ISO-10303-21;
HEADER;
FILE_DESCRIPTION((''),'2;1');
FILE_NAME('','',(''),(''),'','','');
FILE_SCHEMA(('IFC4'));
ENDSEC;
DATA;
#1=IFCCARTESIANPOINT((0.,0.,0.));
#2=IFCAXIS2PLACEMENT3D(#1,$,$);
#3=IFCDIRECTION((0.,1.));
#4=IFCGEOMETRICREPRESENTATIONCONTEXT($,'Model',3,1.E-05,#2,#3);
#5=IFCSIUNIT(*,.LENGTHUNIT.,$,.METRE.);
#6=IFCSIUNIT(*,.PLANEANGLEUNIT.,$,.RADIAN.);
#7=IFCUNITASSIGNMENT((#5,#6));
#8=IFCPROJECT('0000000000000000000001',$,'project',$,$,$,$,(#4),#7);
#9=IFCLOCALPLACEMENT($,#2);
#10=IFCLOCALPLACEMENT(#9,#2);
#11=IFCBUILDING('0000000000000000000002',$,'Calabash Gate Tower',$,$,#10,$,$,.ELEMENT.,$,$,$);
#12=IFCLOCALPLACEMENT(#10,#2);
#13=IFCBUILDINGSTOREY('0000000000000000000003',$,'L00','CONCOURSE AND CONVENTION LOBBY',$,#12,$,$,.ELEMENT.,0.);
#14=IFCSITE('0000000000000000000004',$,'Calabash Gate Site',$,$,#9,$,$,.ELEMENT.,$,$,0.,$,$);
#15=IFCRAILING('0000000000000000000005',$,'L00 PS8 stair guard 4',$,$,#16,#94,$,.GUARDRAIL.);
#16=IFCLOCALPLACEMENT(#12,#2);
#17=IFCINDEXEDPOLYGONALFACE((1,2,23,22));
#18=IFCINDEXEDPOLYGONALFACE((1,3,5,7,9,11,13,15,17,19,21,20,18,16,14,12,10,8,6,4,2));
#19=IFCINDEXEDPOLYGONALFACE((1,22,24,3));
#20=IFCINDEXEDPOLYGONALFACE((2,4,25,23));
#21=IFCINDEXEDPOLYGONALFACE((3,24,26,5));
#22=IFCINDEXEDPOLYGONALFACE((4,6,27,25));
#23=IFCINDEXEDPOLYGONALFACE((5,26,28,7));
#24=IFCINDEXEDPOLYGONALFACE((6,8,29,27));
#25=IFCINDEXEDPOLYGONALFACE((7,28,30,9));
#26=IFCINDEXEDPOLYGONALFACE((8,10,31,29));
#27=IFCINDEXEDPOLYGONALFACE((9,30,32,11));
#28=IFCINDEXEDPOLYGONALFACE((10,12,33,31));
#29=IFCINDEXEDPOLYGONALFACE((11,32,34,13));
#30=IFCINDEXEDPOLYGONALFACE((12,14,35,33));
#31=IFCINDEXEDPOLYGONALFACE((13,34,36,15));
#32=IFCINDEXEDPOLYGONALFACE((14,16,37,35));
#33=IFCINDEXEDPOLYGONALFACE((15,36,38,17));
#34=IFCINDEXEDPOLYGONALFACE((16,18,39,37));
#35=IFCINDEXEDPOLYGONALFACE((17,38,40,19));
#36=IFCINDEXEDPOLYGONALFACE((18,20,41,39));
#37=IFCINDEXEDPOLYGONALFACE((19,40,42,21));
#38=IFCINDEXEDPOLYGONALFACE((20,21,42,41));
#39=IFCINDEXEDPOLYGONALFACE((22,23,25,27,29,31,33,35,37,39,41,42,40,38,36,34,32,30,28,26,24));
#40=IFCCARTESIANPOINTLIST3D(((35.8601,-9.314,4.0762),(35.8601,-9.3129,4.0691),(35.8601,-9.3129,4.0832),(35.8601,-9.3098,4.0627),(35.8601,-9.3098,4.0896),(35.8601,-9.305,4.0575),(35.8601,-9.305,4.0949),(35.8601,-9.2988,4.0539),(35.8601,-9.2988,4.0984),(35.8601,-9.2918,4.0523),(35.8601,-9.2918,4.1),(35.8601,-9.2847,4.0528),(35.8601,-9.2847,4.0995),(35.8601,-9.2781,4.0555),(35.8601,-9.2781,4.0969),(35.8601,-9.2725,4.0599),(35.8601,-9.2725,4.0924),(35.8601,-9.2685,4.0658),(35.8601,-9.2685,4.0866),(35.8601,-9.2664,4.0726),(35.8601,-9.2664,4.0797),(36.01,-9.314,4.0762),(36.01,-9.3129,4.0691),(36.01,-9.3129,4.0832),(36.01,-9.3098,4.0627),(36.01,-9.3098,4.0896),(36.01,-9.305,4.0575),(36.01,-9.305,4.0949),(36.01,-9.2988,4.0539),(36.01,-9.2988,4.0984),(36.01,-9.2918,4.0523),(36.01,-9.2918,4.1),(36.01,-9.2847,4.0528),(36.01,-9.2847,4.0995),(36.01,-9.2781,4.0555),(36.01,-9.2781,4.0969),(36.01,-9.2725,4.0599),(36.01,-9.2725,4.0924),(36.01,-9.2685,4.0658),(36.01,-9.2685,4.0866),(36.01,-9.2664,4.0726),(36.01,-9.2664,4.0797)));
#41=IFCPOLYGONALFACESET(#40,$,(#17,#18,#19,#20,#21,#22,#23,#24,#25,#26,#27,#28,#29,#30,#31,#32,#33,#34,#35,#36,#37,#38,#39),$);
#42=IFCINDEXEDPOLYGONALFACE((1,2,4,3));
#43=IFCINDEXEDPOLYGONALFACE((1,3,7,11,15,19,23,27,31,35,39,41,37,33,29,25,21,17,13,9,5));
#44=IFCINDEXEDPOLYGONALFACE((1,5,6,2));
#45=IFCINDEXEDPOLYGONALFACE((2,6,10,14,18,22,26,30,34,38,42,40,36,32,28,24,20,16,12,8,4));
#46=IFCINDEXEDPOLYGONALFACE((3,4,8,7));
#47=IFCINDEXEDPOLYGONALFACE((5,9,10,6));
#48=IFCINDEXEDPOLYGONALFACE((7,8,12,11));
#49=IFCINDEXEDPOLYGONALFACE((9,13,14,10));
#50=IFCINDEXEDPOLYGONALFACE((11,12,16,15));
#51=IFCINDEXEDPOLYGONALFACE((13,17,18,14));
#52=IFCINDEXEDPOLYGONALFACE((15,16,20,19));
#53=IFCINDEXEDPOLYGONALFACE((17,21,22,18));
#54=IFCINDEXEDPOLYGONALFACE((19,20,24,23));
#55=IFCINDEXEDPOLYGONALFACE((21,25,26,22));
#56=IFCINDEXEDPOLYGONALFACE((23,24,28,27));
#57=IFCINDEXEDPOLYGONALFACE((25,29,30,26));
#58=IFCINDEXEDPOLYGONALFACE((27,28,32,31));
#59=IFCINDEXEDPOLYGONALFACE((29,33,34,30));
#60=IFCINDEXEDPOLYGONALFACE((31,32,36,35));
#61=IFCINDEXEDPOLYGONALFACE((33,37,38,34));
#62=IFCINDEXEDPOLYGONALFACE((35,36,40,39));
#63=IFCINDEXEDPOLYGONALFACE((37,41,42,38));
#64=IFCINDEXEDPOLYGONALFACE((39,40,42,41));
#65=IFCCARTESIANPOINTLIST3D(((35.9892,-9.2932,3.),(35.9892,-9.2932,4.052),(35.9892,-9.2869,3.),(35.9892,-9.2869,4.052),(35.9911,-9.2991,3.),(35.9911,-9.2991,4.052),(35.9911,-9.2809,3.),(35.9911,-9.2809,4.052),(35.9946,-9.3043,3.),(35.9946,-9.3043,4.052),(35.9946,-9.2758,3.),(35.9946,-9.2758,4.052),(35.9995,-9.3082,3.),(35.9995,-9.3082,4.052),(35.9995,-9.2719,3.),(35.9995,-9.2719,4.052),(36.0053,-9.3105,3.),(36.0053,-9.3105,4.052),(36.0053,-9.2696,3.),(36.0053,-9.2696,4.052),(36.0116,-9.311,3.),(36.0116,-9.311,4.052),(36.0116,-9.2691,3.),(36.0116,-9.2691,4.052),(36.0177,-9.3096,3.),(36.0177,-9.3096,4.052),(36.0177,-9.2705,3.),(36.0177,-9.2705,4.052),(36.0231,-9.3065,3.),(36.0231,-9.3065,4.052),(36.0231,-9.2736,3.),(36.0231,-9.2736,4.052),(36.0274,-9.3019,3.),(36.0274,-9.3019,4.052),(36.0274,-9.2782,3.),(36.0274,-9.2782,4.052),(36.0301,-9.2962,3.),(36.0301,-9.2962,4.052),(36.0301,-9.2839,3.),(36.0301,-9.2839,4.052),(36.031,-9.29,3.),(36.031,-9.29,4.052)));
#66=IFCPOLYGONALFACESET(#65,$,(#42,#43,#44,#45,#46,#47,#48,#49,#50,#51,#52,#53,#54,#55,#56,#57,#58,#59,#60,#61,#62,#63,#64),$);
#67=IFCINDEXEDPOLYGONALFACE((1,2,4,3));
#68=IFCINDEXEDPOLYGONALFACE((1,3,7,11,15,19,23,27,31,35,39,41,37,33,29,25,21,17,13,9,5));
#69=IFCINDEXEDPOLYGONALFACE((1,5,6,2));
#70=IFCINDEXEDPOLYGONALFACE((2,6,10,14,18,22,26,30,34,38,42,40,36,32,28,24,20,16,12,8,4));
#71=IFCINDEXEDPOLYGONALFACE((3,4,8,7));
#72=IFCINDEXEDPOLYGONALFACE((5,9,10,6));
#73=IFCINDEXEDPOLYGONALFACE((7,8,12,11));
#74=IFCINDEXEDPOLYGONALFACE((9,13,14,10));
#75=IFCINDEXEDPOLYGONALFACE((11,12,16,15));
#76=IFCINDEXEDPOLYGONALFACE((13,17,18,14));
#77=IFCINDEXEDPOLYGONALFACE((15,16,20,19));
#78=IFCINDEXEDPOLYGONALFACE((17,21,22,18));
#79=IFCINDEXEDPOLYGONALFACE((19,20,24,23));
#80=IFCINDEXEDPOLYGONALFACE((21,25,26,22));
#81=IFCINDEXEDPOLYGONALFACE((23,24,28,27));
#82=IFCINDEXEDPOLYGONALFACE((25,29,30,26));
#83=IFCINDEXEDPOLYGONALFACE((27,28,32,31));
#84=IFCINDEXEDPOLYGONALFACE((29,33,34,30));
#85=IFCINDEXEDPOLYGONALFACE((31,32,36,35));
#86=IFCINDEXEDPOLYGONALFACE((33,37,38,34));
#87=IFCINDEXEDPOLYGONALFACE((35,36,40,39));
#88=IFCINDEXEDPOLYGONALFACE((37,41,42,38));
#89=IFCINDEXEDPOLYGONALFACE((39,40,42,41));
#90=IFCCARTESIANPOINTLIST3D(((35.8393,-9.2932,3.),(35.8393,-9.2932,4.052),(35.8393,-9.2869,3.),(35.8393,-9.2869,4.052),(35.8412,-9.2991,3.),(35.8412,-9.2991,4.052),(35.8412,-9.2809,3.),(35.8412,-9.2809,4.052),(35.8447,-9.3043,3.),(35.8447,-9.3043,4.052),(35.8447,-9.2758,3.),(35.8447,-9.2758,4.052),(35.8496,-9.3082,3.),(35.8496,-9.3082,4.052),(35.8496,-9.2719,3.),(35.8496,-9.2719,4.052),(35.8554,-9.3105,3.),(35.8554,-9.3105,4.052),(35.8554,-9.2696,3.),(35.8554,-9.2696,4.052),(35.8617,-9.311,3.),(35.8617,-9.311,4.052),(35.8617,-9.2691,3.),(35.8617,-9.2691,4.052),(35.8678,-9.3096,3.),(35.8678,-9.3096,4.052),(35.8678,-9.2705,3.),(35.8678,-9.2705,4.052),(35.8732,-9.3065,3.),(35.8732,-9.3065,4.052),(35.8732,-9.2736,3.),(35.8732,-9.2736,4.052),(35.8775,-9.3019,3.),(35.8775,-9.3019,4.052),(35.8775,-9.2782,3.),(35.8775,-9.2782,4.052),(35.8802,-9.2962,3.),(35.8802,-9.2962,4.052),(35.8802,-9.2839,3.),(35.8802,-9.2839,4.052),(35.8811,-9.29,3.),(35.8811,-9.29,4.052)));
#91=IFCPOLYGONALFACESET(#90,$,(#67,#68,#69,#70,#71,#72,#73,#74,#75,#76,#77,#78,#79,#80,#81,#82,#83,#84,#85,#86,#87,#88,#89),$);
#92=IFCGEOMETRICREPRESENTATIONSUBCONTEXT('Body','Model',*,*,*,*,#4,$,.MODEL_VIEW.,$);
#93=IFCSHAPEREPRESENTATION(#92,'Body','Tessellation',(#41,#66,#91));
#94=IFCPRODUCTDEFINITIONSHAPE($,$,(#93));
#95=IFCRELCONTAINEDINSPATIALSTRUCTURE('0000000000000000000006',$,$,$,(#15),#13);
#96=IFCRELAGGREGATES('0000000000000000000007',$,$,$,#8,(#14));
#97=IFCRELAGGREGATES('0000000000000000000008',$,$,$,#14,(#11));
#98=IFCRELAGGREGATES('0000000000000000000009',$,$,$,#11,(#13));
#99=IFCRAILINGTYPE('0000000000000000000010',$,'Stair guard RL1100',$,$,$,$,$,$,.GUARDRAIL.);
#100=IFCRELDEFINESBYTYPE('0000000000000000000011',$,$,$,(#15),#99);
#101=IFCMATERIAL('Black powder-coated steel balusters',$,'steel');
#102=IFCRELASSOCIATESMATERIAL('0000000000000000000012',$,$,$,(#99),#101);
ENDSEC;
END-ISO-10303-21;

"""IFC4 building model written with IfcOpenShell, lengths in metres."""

from ifc_helpers import new_model, si_unit, direction, frame, origin, origin_2d, place, context, subcontext, project, spatial, circle, extrude, material, type_object, element, save


model = new_model("IFC4")

# Units and contexts
model_context = context("Model", 3, precision=1e-05, world=origin(), true_north=direction((0.0, 1.0)))
body_context = subcontext(model_context, "Body", "Model", "MODEL_VIEW")
ifc_project = project(units=[si_unit("LENGTHUNIT", "METRE"), si_unit("PLANEANGLEUNIT", "RADIAN")], contexts=[model_context])

# Site, building, storey
site_placement = place(None, origin())
site = spatial("IfcSite", under=ifc_project, at=site_placement, Name="Calabash Gate Site", CompositionType="ELEMENT", RefElevation=0.0)
building_placement = place(site_placement, origin())
building = spatial("IfcBuilding", under=site, at=building_placement, Name="Calabash Gate Tower", CompositionType="ELEMENT")
storey_placement = place(building_placement, origin())
storey = spatial("IfcBuildingStorey", under=building, at=storey_placement, Name="L00", Description="CONCOURSE AND CONVENTION LOBBY", CompositionType="ELEMENT", Elevation=0.0)

# Railing
ifc_material_1 = material(Name="Black powder-coated steel balusters", Category="steel")
railing_type_1 = type_object("IfcRailingType", Name="Stair guard RL1100", PredefinedType="GUARDRAIL", material=ifc_material_1)
railing_1_placement = place(storey_placement, frame((36.01, -9.29, 3.0)))
element("IfcRailing", 1, at=railing_1_placement, inside=storey, type_object=railing_type_1, Name="L00 PS8 stair guard 4", PredefinedType="GUARDRAIL", context=body_context, shape_type="SweptSolid", body=[
    extrude(circle(Radius=0.0239, at=origin_2d()), frame((0.0, 0.0, 1.0762), z_axis=(-1.0, 0.0, 0.0), x_axis=(0.0, -1.0, 0.0)), (0.0, 0.0, 1.0), 0.1499),
    extrude(circle(Radius=0.021, at=origin_2d()), origin(), (0.0, 0.0, 1.0), 1.052),
    extrude(circle(Radius=0.021, at=origin_2d()), frame((-0.1499, 0.0, 0.0)), (0.0, 0.0, 1.0), 1.052),
])

save(model, "model.ifc")
